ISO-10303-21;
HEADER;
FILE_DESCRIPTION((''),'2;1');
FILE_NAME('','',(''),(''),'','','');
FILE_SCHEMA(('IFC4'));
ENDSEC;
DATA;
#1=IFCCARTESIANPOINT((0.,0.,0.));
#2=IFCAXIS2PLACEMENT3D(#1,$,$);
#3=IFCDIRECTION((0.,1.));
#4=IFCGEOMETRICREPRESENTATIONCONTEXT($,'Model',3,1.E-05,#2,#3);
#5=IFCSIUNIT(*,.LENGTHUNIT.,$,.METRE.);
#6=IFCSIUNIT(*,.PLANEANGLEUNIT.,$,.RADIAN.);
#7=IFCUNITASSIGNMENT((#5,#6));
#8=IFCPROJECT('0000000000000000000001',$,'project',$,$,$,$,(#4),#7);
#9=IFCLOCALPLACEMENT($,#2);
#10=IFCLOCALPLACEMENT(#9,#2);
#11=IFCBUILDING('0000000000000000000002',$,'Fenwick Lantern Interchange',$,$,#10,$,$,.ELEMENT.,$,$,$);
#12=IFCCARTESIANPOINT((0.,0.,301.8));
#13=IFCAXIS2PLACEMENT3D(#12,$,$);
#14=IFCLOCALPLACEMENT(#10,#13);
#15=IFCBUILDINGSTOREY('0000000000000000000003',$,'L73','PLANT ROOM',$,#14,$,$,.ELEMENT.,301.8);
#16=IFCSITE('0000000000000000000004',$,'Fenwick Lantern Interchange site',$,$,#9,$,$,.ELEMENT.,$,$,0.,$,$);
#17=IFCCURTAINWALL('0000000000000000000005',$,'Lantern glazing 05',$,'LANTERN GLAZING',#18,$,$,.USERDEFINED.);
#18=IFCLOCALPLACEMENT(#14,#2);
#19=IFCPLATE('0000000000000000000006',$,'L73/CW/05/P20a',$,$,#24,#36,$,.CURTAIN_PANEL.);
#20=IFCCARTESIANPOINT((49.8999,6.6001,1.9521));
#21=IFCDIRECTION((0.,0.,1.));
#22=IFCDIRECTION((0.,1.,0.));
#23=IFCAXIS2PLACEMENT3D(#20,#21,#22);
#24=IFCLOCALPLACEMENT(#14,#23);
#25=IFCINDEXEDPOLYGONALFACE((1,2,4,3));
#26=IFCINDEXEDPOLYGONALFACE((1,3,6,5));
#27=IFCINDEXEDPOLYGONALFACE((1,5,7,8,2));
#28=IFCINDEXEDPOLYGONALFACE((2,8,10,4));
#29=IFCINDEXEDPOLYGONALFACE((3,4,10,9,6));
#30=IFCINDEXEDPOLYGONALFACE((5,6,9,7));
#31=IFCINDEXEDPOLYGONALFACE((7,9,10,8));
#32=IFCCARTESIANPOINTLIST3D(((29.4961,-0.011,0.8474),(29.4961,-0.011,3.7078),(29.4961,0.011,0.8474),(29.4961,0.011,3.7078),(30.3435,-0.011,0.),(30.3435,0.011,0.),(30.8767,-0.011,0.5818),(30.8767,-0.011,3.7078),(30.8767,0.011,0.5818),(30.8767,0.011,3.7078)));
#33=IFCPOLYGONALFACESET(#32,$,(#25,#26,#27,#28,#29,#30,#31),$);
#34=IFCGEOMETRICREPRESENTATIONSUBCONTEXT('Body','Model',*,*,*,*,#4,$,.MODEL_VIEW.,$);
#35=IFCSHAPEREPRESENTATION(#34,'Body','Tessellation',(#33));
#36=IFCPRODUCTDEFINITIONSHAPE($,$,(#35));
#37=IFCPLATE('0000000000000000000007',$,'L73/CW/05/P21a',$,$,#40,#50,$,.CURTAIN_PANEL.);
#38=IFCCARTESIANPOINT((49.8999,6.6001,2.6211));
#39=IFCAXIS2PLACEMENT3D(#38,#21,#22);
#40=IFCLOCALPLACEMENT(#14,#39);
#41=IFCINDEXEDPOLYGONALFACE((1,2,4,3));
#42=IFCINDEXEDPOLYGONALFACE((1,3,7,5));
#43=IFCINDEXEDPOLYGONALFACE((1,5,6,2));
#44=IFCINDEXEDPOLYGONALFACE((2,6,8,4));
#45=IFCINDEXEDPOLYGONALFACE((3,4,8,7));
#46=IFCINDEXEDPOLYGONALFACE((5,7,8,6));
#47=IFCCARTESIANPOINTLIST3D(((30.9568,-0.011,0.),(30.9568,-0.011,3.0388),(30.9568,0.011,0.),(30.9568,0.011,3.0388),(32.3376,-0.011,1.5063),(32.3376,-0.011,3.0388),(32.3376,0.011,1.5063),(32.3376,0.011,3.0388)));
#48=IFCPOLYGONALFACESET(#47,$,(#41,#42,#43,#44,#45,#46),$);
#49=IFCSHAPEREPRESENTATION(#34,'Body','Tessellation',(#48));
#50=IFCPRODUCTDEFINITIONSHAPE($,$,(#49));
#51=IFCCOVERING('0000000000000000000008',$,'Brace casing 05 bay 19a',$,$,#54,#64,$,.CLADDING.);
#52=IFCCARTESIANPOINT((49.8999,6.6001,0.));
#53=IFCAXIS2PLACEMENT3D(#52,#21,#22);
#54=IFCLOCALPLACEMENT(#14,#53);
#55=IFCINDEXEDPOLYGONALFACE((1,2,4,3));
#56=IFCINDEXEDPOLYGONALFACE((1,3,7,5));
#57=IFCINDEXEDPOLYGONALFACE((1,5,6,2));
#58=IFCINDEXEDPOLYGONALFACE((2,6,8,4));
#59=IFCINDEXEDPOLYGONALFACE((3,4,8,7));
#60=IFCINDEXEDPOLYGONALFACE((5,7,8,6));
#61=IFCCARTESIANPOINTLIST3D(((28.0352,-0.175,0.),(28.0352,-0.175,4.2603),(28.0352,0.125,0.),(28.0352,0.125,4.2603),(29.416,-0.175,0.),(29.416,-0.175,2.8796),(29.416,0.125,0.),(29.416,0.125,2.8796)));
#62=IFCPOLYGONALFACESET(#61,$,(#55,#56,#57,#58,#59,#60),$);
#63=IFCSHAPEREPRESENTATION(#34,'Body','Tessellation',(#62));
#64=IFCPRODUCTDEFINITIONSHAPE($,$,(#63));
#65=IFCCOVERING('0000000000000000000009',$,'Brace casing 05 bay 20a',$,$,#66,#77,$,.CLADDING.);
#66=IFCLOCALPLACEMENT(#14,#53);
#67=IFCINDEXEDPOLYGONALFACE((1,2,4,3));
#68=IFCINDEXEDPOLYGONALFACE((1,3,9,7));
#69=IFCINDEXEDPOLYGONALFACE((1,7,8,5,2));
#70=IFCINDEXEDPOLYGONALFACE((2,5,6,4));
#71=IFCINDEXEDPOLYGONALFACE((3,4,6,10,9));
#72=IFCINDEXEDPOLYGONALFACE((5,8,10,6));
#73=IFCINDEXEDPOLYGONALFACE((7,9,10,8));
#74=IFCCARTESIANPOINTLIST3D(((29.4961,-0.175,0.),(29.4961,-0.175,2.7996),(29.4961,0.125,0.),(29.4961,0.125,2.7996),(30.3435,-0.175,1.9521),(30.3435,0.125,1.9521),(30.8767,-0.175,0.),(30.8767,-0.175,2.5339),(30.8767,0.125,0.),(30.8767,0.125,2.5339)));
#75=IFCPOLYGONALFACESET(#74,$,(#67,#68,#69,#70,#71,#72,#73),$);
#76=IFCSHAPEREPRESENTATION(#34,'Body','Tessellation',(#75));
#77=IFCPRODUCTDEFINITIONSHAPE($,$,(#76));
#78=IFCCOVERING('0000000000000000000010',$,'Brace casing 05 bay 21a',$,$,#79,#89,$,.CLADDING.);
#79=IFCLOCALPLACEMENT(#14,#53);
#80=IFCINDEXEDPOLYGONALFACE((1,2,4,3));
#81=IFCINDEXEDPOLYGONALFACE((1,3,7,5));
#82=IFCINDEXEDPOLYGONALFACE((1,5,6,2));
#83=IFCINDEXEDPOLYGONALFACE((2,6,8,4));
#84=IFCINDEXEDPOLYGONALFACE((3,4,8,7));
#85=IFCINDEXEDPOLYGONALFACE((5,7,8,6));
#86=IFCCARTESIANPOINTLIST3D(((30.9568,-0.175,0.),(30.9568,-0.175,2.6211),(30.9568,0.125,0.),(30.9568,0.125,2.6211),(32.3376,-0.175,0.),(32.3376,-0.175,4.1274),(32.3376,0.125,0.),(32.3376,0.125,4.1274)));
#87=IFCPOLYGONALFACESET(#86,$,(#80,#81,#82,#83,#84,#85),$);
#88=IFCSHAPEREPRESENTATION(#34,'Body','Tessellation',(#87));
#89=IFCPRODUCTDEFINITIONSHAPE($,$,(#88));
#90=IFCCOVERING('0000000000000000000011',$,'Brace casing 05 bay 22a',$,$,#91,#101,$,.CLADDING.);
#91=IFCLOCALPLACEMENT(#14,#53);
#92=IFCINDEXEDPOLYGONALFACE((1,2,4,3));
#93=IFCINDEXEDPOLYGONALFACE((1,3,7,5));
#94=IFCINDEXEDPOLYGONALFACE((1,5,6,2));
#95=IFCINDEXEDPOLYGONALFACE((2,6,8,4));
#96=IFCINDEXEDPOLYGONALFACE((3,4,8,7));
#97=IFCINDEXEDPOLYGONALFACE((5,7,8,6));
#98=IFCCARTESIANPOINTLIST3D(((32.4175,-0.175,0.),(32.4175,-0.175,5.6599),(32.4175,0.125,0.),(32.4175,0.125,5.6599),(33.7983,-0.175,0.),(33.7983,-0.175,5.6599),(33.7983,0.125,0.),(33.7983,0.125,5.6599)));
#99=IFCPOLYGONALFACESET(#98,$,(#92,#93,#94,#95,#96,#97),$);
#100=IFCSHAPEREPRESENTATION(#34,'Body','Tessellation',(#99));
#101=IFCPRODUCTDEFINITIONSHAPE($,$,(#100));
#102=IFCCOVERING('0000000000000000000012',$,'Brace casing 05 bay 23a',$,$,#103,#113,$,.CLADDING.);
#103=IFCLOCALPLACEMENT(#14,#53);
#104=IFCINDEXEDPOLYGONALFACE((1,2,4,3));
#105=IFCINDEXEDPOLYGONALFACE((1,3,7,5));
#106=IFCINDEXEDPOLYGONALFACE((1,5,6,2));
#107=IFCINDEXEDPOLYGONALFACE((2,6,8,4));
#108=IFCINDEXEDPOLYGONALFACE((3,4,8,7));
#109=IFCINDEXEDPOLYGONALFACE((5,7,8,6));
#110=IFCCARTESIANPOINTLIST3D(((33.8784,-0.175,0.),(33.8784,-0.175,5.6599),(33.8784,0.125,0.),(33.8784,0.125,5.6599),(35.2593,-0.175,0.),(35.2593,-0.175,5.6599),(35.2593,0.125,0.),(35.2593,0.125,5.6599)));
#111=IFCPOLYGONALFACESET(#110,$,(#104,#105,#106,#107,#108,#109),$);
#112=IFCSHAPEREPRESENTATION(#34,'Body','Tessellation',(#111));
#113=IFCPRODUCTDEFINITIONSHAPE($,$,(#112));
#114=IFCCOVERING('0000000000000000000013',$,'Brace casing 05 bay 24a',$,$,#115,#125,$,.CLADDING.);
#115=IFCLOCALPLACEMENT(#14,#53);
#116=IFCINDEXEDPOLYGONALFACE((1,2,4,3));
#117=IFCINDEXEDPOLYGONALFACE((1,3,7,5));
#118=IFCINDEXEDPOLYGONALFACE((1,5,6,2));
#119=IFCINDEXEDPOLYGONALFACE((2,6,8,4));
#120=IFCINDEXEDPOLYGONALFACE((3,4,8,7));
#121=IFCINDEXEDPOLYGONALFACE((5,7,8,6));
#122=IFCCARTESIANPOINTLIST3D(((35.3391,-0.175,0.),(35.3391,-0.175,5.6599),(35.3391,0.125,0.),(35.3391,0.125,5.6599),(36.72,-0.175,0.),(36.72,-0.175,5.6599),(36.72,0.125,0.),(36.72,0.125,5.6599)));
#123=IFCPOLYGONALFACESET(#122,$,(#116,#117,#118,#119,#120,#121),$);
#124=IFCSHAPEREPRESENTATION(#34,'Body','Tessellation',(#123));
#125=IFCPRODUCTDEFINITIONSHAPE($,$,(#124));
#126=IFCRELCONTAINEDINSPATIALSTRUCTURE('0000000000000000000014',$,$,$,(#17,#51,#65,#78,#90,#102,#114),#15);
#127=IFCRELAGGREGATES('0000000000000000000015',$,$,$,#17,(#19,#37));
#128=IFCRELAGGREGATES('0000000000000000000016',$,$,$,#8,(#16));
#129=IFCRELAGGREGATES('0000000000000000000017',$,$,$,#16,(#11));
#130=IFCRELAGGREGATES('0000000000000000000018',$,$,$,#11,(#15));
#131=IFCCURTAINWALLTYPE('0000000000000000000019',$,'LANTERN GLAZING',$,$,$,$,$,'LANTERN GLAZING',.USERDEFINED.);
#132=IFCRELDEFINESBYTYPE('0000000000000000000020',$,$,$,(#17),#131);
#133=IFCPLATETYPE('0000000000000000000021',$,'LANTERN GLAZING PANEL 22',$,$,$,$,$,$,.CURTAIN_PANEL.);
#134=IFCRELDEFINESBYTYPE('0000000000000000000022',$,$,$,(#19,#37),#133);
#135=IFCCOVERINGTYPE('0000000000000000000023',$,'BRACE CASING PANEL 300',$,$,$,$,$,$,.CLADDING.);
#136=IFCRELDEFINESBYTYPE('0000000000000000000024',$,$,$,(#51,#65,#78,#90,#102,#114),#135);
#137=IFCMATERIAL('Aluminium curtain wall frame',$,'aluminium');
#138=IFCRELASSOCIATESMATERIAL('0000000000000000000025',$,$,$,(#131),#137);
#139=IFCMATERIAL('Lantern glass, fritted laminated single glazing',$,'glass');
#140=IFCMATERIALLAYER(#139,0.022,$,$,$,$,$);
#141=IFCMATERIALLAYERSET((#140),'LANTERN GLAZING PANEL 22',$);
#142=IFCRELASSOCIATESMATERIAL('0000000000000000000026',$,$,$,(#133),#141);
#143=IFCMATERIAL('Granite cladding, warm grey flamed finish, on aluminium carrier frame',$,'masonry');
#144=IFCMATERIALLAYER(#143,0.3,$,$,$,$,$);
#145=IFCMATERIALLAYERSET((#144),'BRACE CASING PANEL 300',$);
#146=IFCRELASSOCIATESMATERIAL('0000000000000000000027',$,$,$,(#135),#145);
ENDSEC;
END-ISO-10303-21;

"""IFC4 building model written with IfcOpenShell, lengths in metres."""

from ifc_helpers import new_model, si_unit, direction, frame, origin, place, context, subcontext, project, spatial, polyline, outline, extrude, material, layer, layer_set, type_object, element, aggregate, save


model = new_model("IFC4")

# Units and contexts
model_context = context("Model", 3, precision=1e-05, world=origin(), true_north=direction((0.0, 1.0)))
body_context = subcontext(model_context, "Body", "Model", "MODEL_VIEW")
ifc_project = project(units=[si_unit("LENGTHUNIT", "METRE"), si_unit("PLANEANGLEUNIT", "RADIAN")], contexts=[model_context])

# Site, building, storey
site_placement = place(None, origin())
site = spatial("IfcSite", under=ifc_project, at=site_placement, Name="Fenwick Lantern Interchange site", CompositionType="ELEMENT", RefElevation=0.0)
building_placement = place(site_placement, origin())
building = spatial("IfcBuilding", under=site, at=building_placement, Name="Fenwick Lantern Interchange", CompositionType="ELEMENT")
storey_placement = place(building_placement, frame((0.0, 0.0, 301.8)))
storey = spatial("IfcBuildingStorey", under=building, at=storey_placement, Name="L73", Description="PLANT ROOM", CompositionType="ELEMENT", Elevation=301.8)

# Curtain wall, plates
ifc_material_1 = material(Name="Aluminium curtain wall frame", Category="aluminium")
curtain_wall_type = type_object("IfcCurtainWallType", Name="LANTERN GLAZING", ElementType="LANTERN GLAZING", PredefinedType="USERDEFINED", material=ifc_material_1)
curtain_wall_placement = place(storey_placement, origin())
curtain_wall = element("IfcCurtainWall", 1, at=curtain_wall_placement, inside=storey, type_object=curtain_wall_type, Name="Lantern glazing 05", ObjectType="LANTERN GLAZING", PredefinedType="USERDEFINED")
ifc_material_2 = material(Name="Lantern glass, fritted laminated single glazing", Category="glass")
ifc_layer_1 = layer(ifc_material_2, 0.022)
ifc_layer_set_1 = layer_set([ifc_layer_1], Name="LANTERN GLAZING PANEL 22")
plate_type = type_object("IfcPlateType", Name="LANTERN GLAZING PANEL 22", PredefinedType="CURTAIN_PANEL", material=ifc_layer_set_1)
plate_1_placement = place(storey_placement, frame((49.8999, 6.6001, 1.9521), z_axis=(0.0, 0.0, 1.0), x_axis=(0.0, 1.0, 0.0)))
plate_1 = element("IfcPlate", 2, at=plate_1_placement, type_object=plate_type, Name="L73/CW/05/P20a", PredefinedType="CURTAIN_PANEL", context=body_context, shape_type="SweptSolid", body=[
    extrude(outline(polyline([(30.3435, 0.0), (30.8767, 0.5818), (30.8767, 3.7078), (29.4961, 3.7078), (29.4961, 0.8474), (30.3435, 0.0)])), frame((0.0, 0.011, 0.0), z_axis=(0.0, -1.0, 0.0), x_axis=(1.0, 0.0, 0.0)), (0.0, 0.0, 1.0), 0.022),
])
plate_2_placement = place(storey_placement, frame((49.8999, 6.6001, 2.6211), z_axis=(0.0, 0.0, 1.0), x_axis=(0.0, 1.0, 0.0)))
plate_2 = element("IfcPlate", 3, at=plate_2_placement, type_object=plate_type, Name="L73/CW/05/P21a", PredefinedType="CURTAIN_PANEL", context=body_context, shape_type="SweptSolid", body=[
    extrude(outline(polyline([(30.9568, 0.0), (32.3376, 1.5063), (32.3376, 3.0388), (30.9568, 3.0388), (30.9568, 0.0)])), frame((0.0, 0.011, 0.0), z_axis=(0.0, -1.0, 0.0), x_axis=(1.0, 0.0, 0.0)), (0.0, 0.0, 1.0), 0.022),
])
aggregate(curtain_wall, [plate_1, plate_2])

# Coverings
ifc_material_3 = material(Name="Granite cladding, warm grey flamed finish, on aluminium carrier frame", Category="masonry")
ifc_layer_2 = layer(ifc_material_3, 0.3)
ifc_layer_set_2 = layer_set([ifc_layer_2], Name="BRACE CASING PANEL 300")
covering_type = type_object("IfcCoveringType", Name="BRACE CASING PANEL 300", PredefinedType="CLADDING", material=ifc_layer_set_2)
covering_1_placement = place(storey_placement, frame((49.8999, 6.6001, 0.0), z_axis=(0.0, 0.0, 1.0), x_axis=(0.0, 1.0, 0.0)))
element("IfcCovering", 4, at=covering_1_placement, inside=storey, type_object=covering_type, Name="Brace casing 05 bay 19a", PredefinedType="CLADDING", context=body_context, shape_type="SweptSolid", body=[
    extrude(outline(polyline([(28.0352, 0.0), (29.416, 0.0), (29.416, 2.8796), (28.0352, 4.2603), (28.0352, 0.0)])), frame((0.0, 0.125, 0.0), z_axis=(0.0, -1.0, 0.0), x_axis=(1.0, 0.0, 0.0)), (0.0, 0.0, 1.0), 0.3),
])
covering_2_placement = place(storey_placement, frame((49.8999, 6.6001, 0.0), z_axis=(0.0, 0.0, 1.0), x_axis=(0.0, 1.0, 0.0)))
element("IfcCovering", 5, at=covering_2_placement, inside=storey, type_object=covering_type, Name="Brace casing 05 bay 20a", PredefinedType="CLADDING", context=body_context, shape_type="SweptSolid", body=[
    extrude(outline(polyline([(29.4961, 0.0), (30.8767, 0.0), (30.8767, 2.5339), (30.3435, 1.9521), (29.4961, 2.7996), (29.4961, 0.0)])), frame((0.0, 0.125, 0.0), z_axis=(0.0, -1.0, 0.0), x_axis=(1.0, 0.0, 0.0)), (0.0, 0.0, 1.0), 0.3),
])
covering_3_placement = place(storey_placement, frame((49.8999, 6.6001, 0.0), z_axis=(0.0, 0.0, 1.0), x_axis=(0.0, 1.0, 0.0)))
element("IfcCovering", 6, at=covering_3_placement, inside=storey, type_object=covering_type, Name="Brace casing 05 bay 21a", PredefinedType="CLADDING", context=body_context, shape_type="SweptSolid", body=[
    extrude(outline(polyline([(30.9568, 0.0), (32.3376, 0.0), (32.3376, 4.1274), (30.9568, 2.6211), (30.9568, 0.0)])), frame((0.0, 0.125, 0.0), z_axis=(0.0, -1.0, 0.0), x_axis=(1.0, 0.0, 0.0)), (0.0, 0.0, 1.0), 0.3),
])
covering_4_placement = place(storey_placement, frame((49.8999, 6.6001, 0.0), z_axis=(0.0, 0.0, 1.0), x_axis=(0.0, 1.0, 0.0)))
element("IfcCovering", 7, at=covering_4_placement, inside=storey, type_object=covering_type, Name="Brace casing 05 bay 22a", PredefinedType="CLADDING", context=body_context, shape_type="SweptSolid", body=[
    extrude(outline(polyline([(32.4175, 0.0), (33.7983, 0.0), (33.7983, 5.6599), (32.4175, 5.6599), (32.4175, 0.0)])), frame((0.0, 0.125, 0.0), z_axis=(0.0, -1.0, 0.0), x_axis=(1.0, 0.0, 0.0)), (0.0, 0.0, 1.0), 0.3),
])
covering_5_placement = place(storey_placement, frame((49.8999, 6.6001, 0.0), z_axis=(0.0, 0.0, 1.0), x_axis=(0.0, 1.0, 0.0)))
element("IfcCovering", 8, at=covering_5_placement, inside=storey, type_object=covering_type, Name="Brace casing 05 bay 23a", PredefinedType="CLADDING", context=body_context, shape_type="SweptSolid", body=[
    extrude(outline(polyline([(33.8784, 0.0), (35.2593, 0.0), (35.2593, 5.6599), (33.8784, 5.6599), (33.8784, 0.0)])), frame((0.0, 0.125, 0.0), z_axis=(0.0, -1.0, 0.0), x_axis=(1.0, 0.0, 0.0)), (0.0, 0.0, 1.0), 0.3),
])
covering_6_placement = place(storey_placement, frame((49.8999, 6.6001, 0.0), z_axis=(0.0, 0.0, 1.0), x_axis=(0.0, 1.0, 0.0)))
element("IfcCovering", 9, at=covering_6_placement, inside=storey, type_object=covering_type, Name="Brace casing 05 bay 24a", PredefinedType="CLADDING", context=body_context, shape_type="SweptSolid", body=[
    extrude(outline(polyline([(35.3391, 0.0), (36.72, 0.0), (36.72, 5.6599), (35.3391, 5.6599), (35.3391, 0.0)])), frame((0.0, 0.125, 0.0), z_axis=(0.0, -1.0, 0.0), x_axis=(1.0, 0.0, 0.0)), (0.0, 0.0, 1.0), 0.3),
])

save(model, "model.ifc")
